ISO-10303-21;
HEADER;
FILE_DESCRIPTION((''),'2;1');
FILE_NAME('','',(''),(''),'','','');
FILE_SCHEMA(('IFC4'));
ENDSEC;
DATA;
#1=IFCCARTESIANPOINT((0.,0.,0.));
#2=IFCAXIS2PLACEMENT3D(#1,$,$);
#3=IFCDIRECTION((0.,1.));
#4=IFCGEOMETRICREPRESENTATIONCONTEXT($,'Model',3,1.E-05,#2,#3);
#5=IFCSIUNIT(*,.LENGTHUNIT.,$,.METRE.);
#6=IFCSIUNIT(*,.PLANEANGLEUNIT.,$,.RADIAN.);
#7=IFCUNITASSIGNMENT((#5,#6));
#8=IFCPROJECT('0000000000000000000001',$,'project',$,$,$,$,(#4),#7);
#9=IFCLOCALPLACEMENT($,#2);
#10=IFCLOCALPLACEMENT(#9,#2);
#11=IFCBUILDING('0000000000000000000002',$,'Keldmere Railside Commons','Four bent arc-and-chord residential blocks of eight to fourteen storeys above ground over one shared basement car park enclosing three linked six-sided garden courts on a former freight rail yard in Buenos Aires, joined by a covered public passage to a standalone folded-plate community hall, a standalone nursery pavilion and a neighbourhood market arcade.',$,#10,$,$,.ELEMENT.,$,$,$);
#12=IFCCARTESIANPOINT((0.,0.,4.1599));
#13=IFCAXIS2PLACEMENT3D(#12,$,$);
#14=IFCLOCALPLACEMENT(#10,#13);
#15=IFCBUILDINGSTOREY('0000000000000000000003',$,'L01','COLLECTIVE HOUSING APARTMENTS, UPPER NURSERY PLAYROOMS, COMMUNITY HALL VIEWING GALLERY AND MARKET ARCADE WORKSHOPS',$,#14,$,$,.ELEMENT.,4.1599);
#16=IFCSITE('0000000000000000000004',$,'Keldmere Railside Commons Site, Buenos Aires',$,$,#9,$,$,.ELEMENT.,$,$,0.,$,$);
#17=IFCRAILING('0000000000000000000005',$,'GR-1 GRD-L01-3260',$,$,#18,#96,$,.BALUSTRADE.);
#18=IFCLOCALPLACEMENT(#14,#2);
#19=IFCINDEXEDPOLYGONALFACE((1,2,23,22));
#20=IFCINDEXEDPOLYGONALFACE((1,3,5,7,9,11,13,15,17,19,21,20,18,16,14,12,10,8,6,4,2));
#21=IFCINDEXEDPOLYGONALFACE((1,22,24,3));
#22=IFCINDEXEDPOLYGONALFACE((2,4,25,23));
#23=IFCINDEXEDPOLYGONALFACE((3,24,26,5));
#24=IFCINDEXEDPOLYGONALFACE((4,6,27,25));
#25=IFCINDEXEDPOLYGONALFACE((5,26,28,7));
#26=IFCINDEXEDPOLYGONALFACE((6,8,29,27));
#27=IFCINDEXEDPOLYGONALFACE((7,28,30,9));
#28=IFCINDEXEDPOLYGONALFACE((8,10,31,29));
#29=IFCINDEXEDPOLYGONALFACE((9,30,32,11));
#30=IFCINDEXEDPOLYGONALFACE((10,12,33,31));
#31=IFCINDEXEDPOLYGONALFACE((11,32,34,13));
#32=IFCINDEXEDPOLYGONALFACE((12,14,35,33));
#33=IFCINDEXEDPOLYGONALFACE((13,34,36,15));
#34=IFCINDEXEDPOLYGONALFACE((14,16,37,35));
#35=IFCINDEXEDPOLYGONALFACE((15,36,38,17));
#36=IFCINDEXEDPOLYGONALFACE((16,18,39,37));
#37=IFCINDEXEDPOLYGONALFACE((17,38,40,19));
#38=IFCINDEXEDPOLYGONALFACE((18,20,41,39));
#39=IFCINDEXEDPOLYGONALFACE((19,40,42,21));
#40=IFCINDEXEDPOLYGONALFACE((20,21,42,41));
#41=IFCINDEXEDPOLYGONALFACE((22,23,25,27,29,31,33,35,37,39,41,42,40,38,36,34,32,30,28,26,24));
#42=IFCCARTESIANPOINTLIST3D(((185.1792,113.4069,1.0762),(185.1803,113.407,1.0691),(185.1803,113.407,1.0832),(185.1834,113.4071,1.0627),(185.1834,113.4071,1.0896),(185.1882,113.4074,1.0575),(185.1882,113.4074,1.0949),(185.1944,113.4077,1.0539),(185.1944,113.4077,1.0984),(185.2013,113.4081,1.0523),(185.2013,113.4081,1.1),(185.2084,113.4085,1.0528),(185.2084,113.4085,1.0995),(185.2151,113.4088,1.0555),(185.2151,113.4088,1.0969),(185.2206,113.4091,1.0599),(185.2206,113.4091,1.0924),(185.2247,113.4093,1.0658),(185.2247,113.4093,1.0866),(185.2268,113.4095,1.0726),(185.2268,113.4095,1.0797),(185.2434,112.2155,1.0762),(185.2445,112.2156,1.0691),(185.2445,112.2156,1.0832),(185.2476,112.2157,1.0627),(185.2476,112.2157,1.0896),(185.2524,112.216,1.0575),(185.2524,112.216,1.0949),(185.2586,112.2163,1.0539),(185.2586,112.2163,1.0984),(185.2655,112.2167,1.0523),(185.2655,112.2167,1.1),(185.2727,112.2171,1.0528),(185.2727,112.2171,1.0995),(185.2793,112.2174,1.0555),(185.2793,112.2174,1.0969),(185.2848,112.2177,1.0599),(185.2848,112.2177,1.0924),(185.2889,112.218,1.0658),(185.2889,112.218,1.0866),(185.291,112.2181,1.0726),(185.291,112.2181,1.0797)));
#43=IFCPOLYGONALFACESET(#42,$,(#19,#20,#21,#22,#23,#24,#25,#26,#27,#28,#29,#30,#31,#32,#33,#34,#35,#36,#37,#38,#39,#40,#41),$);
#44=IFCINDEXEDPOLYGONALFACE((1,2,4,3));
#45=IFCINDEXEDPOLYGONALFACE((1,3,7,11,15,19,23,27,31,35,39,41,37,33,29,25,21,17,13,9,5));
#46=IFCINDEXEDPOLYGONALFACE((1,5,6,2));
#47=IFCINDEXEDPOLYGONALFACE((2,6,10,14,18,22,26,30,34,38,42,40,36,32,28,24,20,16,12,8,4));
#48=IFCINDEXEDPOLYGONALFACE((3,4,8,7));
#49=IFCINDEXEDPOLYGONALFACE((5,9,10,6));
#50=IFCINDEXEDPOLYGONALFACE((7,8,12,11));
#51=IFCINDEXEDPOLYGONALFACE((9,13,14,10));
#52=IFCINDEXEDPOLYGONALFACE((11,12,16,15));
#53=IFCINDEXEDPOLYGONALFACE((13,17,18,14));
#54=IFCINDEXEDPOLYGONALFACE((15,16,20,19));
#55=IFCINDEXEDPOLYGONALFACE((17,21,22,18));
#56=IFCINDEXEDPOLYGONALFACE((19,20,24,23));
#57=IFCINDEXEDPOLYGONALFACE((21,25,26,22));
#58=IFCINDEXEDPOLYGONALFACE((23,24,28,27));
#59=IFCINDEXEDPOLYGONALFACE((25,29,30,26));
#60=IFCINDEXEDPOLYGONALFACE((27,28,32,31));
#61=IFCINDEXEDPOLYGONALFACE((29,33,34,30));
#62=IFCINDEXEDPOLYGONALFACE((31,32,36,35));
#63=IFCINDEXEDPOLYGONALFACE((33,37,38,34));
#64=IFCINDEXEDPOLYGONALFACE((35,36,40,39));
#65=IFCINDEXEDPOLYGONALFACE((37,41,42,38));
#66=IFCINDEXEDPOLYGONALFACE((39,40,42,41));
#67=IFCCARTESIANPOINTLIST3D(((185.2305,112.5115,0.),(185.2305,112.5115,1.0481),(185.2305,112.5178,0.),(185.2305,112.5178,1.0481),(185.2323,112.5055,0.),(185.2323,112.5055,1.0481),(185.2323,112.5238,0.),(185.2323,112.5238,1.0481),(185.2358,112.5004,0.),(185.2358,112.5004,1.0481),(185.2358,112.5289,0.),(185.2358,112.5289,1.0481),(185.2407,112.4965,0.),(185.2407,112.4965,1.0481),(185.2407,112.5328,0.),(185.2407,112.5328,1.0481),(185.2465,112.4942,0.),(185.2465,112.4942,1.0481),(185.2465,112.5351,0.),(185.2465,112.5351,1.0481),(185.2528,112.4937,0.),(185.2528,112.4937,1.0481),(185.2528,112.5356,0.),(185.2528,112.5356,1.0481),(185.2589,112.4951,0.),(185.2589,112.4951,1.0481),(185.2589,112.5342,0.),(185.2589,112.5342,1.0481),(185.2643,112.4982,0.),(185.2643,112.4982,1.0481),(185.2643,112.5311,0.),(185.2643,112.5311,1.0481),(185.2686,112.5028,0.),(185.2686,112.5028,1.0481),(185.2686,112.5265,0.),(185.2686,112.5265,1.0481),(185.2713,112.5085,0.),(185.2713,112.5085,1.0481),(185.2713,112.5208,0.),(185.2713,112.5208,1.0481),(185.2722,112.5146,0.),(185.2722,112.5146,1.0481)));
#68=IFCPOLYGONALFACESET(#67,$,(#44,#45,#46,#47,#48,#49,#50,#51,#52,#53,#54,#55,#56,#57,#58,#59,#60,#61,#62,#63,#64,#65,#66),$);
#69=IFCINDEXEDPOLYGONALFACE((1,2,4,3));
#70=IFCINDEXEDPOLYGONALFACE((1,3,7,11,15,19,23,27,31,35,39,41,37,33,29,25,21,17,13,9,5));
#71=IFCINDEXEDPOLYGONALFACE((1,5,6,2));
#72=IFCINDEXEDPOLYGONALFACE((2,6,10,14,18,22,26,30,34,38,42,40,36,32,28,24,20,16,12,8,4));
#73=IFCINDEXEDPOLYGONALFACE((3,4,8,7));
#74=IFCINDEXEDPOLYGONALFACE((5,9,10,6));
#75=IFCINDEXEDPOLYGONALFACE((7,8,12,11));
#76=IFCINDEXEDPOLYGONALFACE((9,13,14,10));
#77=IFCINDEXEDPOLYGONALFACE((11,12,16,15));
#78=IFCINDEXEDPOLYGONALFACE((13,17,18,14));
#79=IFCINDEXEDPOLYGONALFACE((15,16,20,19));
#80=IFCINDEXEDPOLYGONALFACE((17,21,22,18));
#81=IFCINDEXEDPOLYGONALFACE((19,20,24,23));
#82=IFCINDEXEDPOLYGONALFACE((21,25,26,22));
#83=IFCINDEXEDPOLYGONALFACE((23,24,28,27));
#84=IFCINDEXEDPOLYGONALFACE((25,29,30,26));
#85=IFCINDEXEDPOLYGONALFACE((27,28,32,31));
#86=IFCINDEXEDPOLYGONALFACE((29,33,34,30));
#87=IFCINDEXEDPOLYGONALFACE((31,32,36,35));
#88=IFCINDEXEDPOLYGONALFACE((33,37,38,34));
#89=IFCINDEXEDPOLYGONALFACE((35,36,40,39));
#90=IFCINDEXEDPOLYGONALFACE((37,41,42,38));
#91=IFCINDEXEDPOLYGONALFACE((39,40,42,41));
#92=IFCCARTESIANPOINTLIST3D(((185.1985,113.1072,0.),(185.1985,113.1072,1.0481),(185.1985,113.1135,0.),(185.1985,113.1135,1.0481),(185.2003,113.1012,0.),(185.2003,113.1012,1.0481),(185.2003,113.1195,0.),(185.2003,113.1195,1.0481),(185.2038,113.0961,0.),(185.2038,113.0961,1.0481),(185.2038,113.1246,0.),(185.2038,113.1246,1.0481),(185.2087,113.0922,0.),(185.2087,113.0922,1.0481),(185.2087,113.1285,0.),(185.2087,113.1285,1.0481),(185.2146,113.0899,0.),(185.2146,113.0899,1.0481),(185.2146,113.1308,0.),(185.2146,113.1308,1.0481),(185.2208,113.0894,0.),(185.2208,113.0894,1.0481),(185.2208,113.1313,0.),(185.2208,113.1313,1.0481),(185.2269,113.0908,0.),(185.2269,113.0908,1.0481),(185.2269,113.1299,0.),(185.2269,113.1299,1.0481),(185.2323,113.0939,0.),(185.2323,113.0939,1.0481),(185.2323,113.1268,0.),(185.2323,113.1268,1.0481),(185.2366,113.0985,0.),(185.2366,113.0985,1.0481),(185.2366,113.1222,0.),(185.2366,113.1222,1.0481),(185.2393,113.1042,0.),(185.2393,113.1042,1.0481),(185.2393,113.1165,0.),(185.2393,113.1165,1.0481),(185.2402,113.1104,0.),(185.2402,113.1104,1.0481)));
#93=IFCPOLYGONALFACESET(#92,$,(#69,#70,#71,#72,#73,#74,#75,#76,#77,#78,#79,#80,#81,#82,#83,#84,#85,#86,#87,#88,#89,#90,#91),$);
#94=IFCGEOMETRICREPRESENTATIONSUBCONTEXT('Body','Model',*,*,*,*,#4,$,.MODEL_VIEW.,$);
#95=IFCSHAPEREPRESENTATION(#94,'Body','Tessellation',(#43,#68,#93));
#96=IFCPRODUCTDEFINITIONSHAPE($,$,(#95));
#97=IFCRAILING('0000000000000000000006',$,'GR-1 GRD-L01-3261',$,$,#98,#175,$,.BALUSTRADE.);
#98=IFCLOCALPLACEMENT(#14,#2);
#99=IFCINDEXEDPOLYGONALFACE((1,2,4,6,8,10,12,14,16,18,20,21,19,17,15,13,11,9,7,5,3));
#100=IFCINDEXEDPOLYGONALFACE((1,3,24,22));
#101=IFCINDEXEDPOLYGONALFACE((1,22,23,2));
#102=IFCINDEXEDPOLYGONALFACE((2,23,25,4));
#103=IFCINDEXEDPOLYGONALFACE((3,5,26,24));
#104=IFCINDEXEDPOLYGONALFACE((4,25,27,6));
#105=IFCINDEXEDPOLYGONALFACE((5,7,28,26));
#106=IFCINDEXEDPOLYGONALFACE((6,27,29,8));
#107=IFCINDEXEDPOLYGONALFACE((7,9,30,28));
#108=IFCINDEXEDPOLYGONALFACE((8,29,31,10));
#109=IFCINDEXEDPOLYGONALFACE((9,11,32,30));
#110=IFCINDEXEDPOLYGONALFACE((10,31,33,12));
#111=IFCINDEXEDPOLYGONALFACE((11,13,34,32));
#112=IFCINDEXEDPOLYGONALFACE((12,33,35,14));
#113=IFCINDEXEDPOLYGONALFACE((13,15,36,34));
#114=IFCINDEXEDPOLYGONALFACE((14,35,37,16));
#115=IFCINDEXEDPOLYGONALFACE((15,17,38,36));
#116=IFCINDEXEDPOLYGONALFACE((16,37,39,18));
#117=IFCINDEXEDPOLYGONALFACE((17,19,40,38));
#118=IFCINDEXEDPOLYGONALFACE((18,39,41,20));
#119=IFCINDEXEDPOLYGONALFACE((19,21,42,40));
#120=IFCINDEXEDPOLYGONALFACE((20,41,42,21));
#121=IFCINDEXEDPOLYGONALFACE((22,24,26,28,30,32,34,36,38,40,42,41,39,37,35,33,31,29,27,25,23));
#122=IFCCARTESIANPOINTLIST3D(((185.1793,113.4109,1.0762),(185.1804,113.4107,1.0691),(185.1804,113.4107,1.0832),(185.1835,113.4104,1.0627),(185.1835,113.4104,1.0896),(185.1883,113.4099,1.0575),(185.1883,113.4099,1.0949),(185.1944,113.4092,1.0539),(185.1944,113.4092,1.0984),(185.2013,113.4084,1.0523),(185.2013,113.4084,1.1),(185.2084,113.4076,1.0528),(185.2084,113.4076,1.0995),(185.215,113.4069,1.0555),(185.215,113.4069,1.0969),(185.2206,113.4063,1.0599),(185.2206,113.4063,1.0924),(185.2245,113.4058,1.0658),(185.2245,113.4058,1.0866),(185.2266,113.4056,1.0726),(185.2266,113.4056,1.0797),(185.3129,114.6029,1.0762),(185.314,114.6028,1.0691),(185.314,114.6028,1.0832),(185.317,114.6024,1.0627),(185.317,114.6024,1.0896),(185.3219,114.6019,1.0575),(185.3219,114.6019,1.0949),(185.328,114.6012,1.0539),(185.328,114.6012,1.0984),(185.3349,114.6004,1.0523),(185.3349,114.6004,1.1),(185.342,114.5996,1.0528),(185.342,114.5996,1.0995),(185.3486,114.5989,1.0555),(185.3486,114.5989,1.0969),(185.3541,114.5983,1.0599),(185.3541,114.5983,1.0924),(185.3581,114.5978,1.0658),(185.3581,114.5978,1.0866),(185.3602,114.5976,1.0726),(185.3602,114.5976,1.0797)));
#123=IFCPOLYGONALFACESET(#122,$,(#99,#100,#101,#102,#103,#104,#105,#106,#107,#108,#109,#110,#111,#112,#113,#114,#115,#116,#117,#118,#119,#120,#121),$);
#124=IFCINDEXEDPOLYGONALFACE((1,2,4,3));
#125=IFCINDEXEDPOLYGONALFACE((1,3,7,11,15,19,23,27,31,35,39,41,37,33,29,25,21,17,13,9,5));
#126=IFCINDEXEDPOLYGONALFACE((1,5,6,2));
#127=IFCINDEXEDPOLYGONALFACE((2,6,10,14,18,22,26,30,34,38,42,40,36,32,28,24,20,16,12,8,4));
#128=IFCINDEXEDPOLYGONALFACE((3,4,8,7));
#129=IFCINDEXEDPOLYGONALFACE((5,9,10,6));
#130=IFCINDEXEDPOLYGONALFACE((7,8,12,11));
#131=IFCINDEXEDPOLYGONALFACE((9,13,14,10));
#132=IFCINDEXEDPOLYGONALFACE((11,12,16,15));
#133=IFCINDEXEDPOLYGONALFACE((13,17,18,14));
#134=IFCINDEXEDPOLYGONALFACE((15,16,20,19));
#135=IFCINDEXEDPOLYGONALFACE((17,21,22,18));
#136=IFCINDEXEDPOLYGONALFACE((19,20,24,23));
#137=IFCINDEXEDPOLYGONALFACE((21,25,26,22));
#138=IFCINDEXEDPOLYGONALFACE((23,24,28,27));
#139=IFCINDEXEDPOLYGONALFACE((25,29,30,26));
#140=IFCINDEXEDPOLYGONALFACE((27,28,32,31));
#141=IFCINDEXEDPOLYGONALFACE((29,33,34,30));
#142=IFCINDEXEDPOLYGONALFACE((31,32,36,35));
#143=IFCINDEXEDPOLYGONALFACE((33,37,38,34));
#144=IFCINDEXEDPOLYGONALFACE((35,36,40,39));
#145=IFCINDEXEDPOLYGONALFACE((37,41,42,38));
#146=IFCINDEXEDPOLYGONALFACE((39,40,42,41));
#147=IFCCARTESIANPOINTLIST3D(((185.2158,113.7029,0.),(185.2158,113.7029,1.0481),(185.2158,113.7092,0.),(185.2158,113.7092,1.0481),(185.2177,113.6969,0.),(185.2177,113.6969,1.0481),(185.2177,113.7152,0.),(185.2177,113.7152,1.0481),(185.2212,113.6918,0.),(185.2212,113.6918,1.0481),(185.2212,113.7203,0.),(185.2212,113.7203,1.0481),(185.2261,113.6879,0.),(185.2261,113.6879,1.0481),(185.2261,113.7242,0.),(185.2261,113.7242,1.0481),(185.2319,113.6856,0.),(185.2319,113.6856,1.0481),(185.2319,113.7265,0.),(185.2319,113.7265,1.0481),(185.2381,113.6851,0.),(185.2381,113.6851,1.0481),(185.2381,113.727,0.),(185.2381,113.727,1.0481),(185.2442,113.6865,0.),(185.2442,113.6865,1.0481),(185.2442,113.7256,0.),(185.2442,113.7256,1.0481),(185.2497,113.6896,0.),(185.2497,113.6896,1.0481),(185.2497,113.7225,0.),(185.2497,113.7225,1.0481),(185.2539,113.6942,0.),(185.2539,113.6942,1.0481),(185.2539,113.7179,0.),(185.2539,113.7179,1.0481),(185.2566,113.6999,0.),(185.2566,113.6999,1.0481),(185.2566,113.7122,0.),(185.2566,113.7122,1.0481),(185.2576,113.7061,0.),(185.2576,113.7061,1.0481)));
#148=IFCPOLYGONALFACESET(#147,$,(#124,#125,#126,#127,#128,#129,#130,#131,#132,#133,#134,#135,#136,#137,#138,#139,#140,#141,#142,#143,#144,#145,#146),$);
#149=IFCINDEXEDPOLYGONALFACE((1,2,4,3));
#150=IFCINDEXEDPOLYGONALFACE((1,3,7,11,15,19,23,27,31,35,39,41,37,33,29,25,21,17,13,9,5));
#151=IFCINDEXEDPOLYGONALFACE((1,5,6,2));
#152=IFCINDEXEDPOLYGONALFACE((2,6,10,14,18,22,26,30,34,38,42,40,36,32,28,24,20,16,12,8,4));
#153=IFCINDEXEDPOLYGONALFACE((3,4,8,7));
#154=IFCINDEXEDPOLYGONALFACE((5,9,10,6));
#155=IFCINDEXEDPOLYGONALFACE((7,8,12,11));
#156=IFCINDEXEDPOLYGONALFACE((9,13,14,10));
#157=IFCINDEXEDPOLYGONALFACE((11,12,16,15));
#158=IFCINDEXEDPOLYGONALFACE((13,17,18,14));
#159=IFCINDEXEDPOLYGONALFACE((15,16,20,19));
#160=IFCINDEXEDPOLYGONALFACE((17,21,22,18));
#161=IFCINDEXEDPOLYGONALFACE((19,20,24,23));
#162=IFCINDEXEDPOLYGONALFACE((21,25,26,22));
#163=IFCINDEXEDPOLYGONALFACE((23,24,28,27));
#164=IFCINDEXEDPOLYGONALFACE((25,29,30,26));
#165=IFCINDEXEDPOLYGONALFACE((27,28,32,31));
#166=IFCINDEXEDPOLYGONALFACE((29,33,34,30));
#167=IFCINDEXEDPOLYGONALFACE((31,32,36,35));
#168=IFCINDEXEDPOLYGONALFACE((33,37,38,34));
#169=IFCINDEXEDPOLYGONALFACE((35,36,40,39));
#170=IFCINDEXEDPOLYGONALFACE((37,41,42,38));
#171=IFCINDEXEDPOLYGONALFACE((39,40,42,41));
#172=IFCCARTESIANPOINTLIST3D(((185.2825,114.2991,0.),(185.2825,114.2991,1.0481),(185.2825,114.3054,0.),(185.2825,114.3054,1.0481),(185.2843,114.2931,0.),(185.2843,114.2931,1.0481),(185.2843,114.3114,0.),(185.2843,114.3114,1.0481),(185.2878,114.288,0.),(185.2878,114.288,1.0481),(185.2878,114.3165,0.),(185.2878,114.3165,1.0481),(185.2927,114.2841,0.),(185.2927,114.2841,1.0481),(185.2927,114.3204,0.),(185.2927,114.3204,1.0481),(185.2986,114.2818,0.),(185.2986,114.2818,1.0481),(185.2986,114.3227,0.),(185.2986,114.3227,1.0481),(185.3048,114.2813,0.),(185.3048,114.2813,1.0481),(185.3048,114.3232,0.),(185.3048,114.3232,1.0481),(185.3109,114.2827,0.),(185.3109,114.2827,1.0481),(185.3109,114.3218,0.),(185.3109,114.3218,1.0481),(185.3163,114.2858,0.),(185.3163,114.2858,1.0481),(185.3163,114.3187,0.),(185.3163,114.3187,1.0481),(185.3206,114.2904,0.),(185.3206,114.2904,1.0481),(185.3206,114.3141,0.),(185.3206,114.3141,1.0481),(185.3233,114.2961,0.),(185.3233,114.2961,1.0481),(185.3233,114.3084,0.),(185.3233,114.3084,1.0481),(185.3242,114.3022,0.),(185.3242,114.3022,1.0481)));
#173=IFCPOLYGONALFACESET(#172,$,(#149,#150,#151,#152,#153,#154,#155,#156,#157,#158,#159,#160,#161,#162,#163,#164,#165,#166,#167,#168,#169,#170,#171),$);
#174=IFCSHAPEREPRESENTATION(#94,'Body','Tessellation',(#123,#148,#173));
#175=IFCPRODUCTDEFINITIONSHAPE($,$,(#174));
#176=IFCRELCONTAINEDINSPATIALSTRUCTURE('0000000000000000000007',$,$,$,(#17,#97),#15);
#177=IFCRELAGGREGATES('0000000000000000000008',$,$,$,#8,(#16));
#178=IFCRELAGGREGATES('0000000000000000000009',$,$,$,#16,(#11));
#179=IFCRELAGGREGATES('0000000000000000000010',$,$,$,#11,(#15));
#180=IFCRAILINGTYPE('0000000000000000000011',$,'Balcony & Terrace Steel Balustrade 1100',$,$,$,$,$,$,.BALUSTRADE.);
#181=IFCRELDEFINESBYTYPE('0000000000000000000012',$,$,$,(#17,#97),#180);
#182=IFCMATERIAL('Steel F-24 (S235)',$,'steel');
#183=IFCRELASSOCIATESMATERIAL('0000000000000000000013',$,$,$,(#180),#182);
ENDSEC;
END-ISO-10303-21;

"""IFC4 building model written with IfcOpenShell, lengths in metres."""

from ifc_helpers import new_model, si_unit, direction, frame, origin, origin_2d, place, context, subcontext, project, spatial, circle, extrude, material, type_object, element, save


model = new_model("IFC4")

# Units and contexts
model_context = context("Model", 3, precision=1e-05, world=origin(), true_north=direction((0.0, 1.0)))
body_context = subcontext(model_context, "Body", "Model", "MODEL_VIEW")
ifc_project = project(units=[si_unit("LENGTHUNIT", "METRE"), si_unit("PLANEANGLEUNIT", "RADIAN")], contexts=[model_context])

# Site, building, storey
site_placement = place(None, origin())
site = spatial("IfcSite", under=ifc_project, at=site_placement, Name="Keldmere Railside Commons Site, Buenos Aires", CompositionType="ELEMENT", RefElevation=0.0)
building_placement = place(site_placement, origin())
building = spatial("IfcBuilding", under=site, at=building_placement, Name="Keldmere Railside Commons", Description="Four bent arc-and-chord residential blocks of eight to fourteen storeys above ground over one shared basement car park enclosing three linked six-sided garden courts on a former freight rail yard in Buenos Aires, joined by a covered public passage to a standalone folded-plate community hall, a standalone nursery pavilion and a neighbourhood market arcade.", CompositionType="ELEMENT")
storey_placement = place(building_placement, frame((0.0, 0.0, 4.1599)))
storey = spatial("IfcBuildingStorey", under=building, at=storey_placement, Name="L01", Description="COLLECTIVE HOUSING APARTMENTS, UPPER NURSERY PLAYROOMS, COMMUNITY HALL VIEWING GALLERY AND MARKET ARCADE WORKSHOPS", CompositionType="ELEMENT", Elevation=4.1599)

# Railings
ifc_material_1 = material(Name="Steel F-24 (S235)", Category="steel")
railing_type = type_object("IfcRailingType", Name="Balcony & Terrace Steel Balustrade 1100", PredefinedType="BALUSTRADE", material=ifc_material_1)
railing_1_placement = place(storey_placement, frame((185.2673, 112.2168, 0.0)))
element("IfcRailing", 1, at=railing_1_placement, inside=storey, type_object=railing_type, Name="GR-1 GRD-L01-3260", PredefinedType="BALUSTRADE", context=body_context, shape_type="SweptSolid", body=[
    extrude(circle(Radius=0.0239, at=origin_2d()), frame((0.0, 0.0, 1.0762), z_axis=(-0.053815, 0.998551, 0.0), x_axis=(-0.998551, -0.053815, 0.0)), (0.0, 0.0, 1.0), 1.1931),
    extrude(circle(Radius=0.021, at=origin_2d()), frame((-0.0161, 0.2979, 0.0)), (0.0, 0.0, 1.0), 1.0481),
    extrude(circle(Radius=0.021, at=origin_2d()), frame((-0.0481, 0.8936, 0.0)), (0.0, 0.0, 1.0), 1.0481),
])
railing_2_placement = place(storey_placement, frame((185.2031, 113.4082, 0.0)))
element("IfcRailing", 2, at=railing_2_placement, inside=storey, type_object=railing_type, Name="GR-1 GRD-L01-3261", PredefinedType="BALUSTRADE", context=body_context, shape_type="SweptSolid", body=[
    extrude(circle(Radius=0.0239, at=origin_2d()), frame((0.0, 0.0, 1.0762), z_axis=(0.111348, 0.993782, 0.0), x_axis=(-0.993782, 0.111348, 0.0)), (0.0, 0.0, 1.0), 1.1995),
    extrude(circle(Radius=0.021, at=origin_2d()), frame((0.0334, 0.2979, 0.0)), (0.0, 0.0, 1.0), 1.0481),
    extrude(circle(Radius=0.021, at=origin_2d()), frame((0.1001, 0.894, 0.0)), (0.0, 0.0, 1.0), 1.0481),
])

save(model, "model.ifc")
